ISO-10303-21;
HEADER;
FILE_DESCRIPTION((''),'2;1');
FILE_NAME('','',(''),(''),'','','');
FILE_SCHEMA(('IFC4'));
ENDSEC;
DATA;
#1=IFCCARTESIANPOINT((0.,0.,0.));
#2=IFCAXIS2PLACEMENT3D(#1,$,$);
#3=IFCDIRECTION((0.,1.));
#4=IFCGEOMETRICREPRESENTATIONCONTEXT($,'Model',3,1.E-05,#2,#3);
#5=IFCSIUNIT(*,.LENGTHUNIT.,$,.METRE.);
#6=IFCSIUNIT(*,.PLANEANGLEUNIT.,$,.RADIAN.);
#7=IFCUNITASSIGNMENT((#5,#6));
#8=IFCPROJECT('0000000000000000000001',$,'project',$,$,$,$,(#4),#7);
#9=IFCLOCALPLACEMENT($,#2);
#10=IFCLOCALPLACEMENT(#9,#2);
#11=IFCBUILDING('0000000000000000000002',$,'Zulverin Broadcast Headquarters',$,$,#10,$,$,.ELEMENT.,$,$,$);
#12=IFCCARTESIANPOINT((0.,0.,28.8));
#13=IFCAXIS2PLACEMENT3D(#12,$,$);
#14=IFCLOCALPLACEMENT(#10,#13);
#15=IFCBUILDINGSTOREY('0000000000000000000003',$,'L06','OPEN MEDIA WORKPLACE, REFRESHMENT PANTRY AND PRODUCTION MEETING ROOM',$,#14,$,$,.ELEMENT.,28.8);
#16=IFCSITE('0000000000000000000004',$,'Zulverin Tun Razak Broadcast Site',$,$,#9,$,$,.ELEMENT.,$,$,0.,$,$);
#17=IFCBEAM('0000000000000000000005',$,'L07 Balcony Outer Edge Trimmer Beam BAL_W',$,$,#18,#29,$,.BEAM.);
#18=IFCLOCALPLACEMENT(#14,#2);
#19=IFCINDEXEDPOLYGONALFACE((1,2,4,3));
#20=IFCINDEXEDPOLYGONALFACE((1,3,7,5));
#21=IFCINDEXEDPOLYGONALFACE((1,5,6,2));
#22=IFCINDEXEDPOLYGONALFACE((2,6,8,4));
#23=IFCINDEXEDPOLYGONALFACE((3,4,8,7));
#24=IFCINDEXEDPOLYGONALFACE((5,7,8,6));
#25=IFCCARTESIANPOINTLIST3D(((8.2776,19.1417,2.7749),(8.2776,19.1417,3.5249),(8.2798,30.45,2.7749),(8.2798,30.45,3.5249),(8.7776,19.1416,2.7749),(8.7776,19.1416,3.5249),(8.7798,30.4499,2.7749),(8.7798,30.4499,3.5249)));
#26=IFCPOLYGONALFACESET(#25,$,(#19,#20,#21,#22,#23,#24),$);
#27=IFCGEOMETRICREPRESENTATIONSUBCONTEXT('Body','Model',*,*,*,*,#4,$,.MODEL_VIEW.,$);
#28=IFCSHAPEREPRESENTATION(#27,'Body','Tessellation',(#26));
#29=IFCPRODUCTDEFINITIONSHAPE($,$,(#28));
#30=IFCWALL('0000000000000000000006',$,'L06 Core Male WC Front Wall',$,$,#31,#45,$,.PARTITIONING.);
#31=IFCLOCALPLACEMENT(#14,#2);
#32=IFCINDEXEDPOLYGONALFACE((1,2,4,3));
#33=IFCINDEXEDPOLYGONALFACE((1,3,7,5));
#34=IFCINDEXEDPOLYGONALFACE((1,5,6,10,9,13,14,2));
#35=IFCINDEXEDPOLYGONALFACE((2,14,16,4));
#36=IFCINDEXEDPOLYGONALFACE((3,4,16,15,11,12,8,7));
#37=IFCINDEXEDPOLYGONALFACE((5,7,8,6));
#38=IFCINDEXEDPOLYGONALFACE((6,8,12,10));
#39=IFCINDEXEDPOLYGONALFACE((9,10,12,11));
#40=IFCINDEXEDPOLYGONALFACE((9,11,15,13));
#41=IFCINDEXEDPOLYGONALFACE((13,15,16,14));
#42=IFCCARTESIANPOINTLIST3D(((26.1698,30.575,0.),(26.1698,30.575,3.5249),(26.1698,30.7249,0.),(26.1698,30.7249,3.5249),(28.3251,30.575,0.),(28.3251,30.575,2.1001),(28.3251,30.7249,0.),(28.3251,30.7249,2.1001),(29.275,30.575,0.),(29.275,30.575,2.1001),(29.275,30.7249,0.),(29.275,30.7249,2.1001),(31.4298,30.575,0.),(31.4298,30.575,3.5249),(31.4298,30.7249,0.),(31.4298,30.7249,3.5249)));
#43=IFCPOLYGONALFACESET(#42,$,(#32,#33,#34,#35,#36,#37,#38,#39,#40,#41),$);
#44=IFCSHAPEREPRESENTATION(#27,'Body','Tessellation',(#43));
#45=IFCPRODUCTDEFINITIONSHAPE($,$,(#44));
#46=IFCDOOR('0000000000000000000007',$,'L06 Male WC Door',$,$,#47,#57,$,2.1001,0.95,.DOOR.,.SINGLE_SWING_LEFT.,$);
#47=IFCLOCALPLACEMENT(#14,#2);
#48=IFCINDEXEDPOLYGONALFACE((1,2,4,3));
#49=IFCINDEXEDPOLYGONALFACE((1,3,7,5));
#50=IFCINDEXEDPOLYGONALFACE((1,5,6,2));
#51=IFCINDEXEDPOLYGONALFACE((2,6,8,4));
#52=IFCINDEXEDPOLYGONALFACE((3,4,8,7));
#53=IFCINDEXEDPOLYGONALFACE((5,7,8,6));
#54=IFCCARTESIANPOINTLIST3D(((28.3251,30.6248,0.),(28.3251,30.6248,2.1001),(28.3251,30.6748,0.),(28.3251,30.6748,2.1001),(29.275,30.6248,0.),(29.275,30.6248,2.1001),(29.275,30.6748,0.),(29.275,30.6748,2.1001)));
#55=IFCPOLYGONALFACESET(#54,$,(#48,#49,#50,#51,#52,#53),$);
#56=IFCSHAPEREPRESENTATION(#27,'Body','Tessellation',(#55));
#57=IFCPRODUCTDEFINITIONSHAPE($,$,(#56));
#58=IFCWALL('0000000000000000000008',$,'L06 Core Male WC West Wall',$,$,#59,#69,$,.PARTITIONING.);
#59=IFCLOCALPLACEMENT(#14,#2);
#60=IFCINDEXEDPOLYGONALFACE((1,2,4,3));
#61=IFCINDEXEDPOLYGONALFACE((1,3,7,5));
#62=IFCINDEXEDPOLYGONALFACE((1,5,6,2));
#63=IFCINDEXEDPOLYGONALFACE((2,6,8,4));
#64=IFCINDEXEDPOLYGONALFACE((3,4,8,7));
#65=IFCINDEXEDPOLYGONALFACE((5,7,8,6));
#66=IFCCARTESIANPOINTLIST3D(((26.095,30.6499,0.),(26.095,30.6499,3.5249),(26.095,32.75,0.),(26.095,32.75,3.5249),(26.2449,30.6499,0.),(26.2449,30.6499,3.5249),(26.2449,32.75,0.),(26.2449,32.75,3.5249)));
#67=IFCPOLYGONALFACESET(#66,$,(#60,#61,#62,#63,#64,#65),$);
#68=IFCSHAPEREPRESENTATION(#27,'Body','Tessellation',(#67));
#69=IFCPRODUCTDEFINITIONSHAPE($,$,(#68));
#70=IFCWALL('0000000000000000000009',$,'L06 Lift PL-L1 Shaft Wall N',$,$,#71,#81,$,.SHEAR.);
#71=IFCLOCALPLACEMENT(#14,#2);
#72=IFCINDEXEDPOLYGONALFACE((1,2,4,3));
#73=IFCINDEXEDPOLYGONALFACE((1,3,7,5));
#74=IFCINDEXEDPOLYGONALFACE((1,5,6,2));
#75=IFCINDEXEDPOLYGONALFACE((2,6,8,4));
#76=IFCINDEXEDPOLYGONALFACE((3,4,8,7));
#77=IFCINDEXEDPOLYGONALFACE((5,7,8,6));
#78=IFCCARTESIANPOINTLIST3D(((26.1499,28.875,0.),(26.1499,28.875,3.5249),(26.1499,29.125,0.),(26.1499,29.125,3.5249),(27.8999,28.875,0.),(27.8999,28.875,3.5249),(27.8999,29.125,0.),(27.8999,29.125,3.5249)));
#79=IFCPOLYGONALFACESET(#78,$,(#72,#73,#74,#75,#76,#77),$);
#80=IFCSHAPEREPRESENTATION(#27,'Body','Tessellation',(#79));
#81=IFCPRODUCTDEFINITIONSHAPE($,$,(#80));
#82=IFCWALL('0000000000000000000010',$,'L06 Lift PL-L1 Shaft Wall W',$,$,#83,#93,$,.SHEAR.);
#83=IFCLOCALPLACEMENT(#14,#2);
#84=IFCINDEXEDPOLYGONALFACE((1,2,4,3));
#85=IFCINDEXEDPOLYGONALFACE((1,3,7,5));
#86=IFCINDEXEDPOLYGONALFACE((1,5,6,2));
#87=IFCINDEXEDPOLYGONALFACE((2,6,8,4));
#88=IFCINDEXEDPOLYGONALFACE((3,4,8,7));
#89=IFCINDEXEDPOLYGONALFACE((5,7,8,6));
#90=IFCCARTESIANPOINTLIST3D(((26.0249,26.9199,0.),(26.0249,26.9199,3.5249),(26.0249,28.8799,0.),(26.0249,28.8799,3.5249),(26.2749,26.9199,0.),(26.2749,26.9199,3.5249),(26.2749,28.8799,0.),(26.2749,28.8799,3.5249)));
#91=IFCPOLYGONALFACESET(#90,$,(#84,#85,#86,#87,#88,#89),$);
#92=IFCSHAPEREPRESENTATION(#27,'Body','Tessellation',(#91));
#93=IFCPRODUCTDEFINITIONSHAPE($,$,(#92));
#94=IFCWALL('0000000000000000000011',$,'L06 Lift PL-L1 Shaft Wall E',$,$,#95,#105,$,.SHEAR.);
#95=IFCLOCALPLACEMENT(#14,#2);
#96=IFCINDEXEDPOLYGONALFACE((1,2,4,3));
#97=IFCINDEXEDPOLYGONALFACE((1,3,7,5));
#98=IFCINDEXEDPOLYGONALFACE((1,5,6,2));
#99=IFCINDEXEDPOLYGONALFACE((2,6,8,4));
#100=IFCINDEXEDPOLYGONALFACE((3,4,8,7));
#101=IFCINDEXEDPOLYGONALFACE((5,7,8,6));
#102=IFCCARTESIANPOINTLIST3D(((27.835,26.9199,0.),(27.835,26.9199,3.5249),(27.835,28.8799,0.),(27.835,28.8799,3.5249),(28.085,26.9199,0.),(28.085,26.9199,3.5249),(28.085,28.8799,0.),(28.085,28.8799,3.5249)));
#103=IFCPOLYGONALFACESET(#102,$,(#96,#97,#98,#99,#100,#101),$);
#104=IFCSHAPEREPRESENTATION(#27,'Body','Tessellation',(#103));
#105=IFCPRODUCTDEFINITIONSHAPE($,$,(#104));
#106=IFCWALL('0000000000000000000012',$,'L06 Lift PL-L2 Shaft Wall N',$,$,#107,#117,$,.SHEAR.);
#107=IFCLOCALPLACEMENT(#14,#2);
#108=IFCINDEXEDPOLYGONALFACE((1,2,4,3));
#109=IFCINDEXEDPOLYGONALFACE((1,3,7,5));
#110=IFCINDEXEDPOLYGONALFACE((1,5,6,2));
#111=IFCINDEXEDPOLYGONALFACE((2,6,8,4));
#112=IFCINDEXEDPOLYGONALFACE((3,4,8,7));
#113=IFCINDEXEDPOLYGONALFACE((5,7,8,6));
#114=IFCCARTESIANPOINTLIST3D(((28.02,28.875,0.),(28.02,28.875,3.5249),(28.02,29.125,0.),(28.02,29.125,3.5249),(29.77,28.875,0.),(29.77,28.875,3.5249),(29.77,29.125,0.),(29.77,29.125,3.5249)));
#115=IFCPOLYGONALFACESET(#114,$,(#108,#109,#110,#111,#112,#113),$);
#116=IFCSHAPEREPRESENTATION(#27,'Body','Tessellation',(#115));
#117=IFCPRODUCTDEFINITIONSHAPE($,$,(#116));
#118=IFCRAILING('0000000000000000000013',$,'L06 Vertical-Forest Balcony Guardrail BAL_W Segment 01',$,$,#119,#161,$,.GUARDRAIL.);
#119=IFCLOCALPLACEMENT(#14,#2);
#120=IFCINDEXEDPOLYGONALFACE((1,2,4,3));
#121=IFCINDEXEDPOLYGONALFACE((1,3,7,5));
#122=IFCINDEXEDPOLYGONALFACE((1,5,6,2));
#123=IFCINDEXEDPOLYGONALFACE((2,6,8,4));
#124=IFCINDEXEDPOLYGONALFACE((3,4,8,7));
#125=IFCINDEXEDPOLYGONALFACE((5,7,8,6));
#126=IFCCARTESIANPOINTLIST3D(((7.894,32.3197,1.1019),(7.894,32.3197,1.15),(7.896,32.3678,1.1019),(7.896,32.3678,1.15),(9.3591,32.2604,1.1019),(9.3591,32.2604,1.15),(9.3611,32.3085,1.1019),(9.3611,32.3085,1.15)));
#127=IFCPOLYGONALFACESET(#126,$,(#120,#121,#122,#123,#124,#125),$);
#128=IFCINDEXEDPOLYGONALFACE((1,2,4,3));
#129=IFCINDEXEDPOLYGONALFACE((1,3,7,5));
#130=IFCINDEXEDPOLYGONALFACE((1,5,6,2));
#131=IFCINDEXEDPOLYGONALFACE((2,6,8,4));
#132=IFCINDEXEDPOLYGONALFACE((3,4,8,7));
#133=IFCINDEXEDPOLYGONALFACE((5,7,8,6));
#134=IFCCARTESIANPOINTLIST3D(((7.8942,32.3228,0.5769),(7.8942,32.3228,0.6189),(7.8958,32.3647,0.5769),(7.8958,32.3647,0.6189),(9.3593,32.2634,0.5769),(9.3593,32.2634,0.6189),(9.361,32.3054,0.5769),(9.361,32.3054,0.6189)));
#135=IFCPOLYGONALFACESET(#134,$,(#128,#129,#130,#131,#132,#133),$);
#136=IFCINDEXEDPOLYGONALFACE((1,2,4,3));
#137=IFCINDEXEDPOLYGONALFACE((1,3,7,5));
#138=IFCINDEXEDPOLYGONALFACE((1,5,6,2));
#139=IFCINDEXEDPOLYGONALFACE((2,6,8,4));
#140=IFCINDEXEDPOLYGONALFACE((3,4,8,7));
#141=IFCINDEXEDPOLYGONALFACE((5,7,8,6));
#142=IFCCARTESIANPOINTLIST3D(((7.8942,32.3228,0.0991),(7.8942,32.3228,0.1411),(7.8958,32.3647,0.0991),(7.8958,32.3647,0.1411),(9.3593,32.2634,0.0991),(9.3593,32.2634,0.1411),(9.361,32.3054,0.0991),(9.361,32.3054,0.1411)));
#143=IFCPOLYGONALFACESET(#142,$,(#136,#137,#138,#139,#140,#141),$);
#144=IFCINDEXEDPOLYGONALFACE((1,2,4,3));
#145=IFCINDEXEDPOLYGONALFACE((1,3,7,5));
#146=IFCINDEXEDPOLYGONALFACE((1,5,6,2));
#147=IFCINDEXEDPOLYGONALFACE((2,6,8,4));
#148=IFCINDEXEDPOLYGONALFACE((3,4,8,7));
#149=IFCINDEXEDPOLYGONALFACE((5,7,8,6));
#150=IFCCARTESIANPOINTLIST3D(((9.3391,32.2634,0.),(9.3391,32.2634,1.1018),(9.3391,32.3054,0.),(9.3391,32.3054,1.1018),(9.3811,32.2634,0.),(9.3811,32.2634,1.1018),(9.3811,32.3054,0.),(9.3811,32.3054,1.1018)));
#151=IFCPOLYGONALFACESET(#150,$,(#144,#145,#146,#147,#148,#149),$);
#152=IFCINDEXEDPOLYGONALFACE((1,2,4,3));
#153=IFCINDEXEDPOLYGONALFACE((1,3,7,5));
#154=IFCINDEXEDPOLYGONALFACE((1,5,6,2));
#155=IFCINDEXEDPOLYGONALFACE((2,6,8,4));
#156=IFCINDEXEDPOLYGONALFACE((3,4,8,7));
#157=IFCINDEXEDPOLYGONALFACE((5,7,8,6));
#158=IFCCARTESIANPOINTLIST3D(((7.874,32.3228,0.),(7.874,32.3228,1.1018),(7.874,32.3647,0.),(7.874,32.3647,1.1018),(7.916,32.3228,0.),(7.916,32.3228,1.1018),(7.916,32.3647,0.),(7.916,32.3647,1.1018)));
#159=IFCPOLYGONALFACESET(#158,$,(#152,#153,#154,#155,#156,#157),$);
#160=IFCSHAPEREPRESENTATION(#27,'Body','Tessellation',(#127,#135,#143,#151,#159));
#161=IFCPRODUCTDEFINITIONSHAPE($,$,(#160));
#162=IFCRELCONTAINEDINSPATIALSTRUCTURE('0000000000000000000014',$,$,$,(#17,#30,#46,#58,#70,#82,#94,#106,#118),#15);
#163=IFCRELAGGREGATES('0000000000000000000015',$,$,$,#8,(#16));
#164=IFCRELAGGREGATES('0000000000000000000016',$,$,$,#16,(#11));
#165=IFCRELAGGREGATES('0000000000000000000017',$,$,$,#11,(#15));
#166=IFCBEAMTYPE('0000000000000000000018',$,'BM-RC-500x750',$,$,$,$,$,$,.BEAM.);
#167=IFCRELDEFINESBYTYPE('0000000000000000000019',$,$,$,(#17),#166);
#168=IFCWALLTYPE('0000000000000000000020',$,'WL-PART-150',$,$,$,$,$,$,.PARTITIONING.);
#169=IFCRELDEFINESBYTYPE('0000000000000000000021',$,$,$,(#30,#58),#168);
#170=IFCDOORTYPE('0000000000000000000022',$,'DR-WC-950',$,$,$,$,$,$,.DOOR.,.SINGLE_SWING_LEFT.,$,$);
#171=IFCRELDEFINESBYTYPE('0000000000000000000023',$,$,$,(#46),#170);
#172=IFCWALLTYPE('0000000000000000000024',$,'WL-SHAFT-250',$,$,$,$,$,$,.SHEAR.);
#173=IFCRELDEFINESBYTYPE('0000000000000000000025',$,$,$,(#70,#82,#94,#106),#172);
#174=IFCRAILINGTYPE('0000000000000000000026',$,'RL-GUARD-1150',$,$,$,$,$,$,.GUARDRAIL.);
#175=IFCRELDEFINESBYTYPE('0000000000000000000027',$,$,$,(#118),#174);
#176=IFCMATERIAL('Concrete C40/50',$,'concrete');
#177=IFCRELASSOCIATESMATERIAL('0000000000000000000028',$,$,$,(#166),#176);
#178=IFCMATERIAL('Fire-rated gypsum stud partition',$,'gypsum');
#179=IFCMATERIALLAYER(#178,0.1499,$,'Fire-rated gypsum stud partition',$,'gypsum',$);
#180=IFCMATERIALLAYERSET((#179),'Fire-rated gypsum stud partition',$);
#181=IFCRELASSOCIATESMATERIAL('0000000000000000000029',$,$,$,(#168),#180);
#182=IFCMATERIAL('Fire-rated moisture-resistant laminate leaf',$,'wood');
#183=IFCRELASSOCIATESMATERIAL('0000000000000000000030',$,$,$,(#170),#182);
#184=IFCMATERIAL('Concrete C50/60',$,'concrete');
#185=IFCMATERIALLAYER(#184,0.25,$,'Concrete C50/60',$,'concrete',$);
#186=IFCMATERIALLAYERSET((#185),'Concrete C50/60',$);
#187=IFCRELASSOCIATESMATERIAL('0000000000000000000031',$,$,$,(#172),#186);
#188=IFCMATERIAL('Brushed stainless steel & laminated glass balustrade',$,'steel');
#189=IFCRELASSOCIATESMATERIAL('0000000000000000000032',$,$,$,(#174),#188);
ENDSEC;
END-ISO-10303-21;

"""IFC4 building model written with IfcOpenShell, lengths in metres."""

from ifc_helpers import new_model, si_unit, direction, frame, frame_2d, origin, origin_2d, place, context, subcontext, project, spatial, rectangle, extrude, material, layer, layer_set, material_profile, profile_set, type_object, element, fill, save


model = new_model("IFC4")

# Units and contexts
model_context = context("Model", 3, precision=1e-05, world=origin(), true_north=direction((0.0, 1.0)))
body_context = subcontext(model_context, "Body", "Model", "MODEL_VIEW")
ifc_project = project(units=[si_unit("LENGTHUNIT", "METRE"), si_unit("PLANEANGLEUNIT", "RADIAN")], contexts=[model_context])

# Site, building, storey
site_placement = place(None, origin())
site = spatial("IfcSite", under=ifc_project, at=site_placement, Name="Zulverin Tun Razak Broadcast Site", CompositionType="ELEMENT", RefElevation=0.0)
building_placement = place(site_placement, origin())
building = spatial("IfcBuilding", under=site, at=building_placement, Name="Zulverin Broadcast Headquarters", CompositionType="ELEMENT")
storey_placement = place(building_placement, frame((0.0, 0.0, 28.8)))
storey = spatial("IfcBuildingStorey", under=building, at=storey_placement, Name="L06", Description="OPEN MEDIA WORKPLACE, REFRESHMENT PANTRY AND PRODUCTION MEETING ROOM", CompositionType="ELEMENT", Elevation=28.8)

# Beam
ifc_material_1 = material(Name="Concrete C40/50", Category="concrete")
ifc_material_profile = material_profile(ifc_material_1, rectangle(XDim=0.5, YDim=0.75, at=origin_2d()), Name="Concrete C40/50", Category="concrete")
ifc_profile_set = profile_set([ifc_material_profile], Name="Concrete C40/50")
beam_type = type_object("IfcBeamType", Name="BM-RC-500x750", PredefinedType="BEAM", material=ifc_profile_set)
beam_placement = place(storey_placement, frame((8.5298, 30.45, 3.1499), z_axis=(-0.000194, -1.0, 0.0), x_axis=(1.0, -0.000194, 0.0)))
element("IfcBeam", 1, at=beam_placement, inside=storey, type_object=beam_type, Name="L07 Balcony Outer Edge Trimmer Beam BAL_W", PredefinedType="BEAM", context=body_context, shape_type="SweptSolid", body=[
    extrude(rectangle(XDim=0.5, YDim=0.75, at=origin_2d()), origin(), (0.0, 0.0, 1.0), 11.3083),
])

# Wall, opening, door
ifc_material_2 = material(Name="Fire-rated gypsum stud partition", Category="gypsum")
ifc_layer_1 = layer(ifc_material_2, 0.1499, Name="Fire-rated gypsum stud partition", Category="gypsum")
ifc_layer_set_1 = layer_set([ifc_layer_1], Name="Fire-rated gypsum stud partition")
wall_type_1 = type_object("IfcWallType", Name="WL-PART-150", PredefinedType="PARTITIONING", material=ifc_layer_set_1)
wall_1_placement = place(storey_placement, frame((26.1699, 30.6499, 0.0), z_axis=(0.0, 0.0, 1.0), x_axis=(1.0, 0.0, 0.0)))
wall_1 = element("IfcWall", 2, at=wall_1_placement, inside=storey, type_object=wall_type_1, Name="L06 Core Male WC Front Wall", PredefinedType="PARTITIONING", context=body_context, shape_type="SweptSolid", body=[
    extrude(rectangle(XDim=5.26, YDim=0.1499, at=frame_2d((2.6299, 0.0))), origin(), (0.0, 0.0, 1.0), 3.5249),
])
opening_1_placement = place(wall_1_placement, frame((2.155, 0.0, 0.0)))
opening_1 = element("IfcOpeningElement", 3, at=opening_1_placement, cuts=wall_1, PredefinedType="OPENING", context=body_context, shape_type="SweptSolid", body=[
    extrude(rectangle(XDim=0.95, YDim=2.1001, at=frame_2d((0.4751, 1.05))), frame((0.0, 0.085, 0.0), z_axis=(0.0, -1.0, 0.0), x_axis=(1.0, 0.0, 0.0)), (0.0, 0.0, 1.0), 0.1699),
])
ifc_material_3 = material(Name="Fire-rated moisture-resistant laminate leaf", Category="wood")
door_type_1 = type_object("IfcDoorType", Name="DR-WC-950", OperationType="SINGLE_SWING_LEFT", PredefinedType="DOOR", material=ifc_material_3)
door_1_placement = place(opening_1_placement, origin())
door_1 = element("IfcDoor", 4, at=door_1_placement, inside=storey, type_object=door_type_1, Name="L06 Male WC Door", OperationType="SINGLE_SWING_LEFT", OverallHeight=2.1001, OverallWidth=0.95, PredefinedType="DOOR", context=body_context, shape_type="SweptSolid", body=[
    extrude(rectangle(XDim=0.95, YDim=2.1001, at=frame_2d((0.4751, 1.05))), frame((0.0, 0.0249, 0.0), z_axis=(0.0, -1.0, 0.0), x_axis=(1.0, 0.0, 0.0)), (0.0, 0.0, 1.0), 0.05),
])
fill(opening_1, door_1)

# Wall
wall_2_placement = place(storey_placement, frame((26.1699, 30.6499, 0.0), z_axis=(0.0, 0.0, 1.0), x_axis=(0.0, 1.0, 0.0)))
element("IfcWall", 5, at=wall_2_placement, inside=storey, type_object=wall_type_1, Name="L06 Core Male WC West Wall", PredefinedType="PARTITIONING", context=body_context, shape_type="SweptSolid", body=[
    extrude(rectangle(XDim=2.1001, YDim=0.1499, at=frame_2d((1.05, 0.0))), origin(), (0.0, 0.0, 1.0), 3.5249),
])

# Shared definitions
ifc_material_4 = material(Name="Concrete C50/60", Category="concrete")
ifc_layer_2 = layer(ifc_material_4, 0.25, Name="Concrete C50/60", Category="concrete")
ifc_layer_set_2 = layer_set([ifc_layer_2], Name="Concrete C50/60")
wall_type_2 = type_object("IfcWallType", Name="WL-SHAFT-250", PredefinedType="SHEAR", material=ifc_layer_set_2)

# Walls
wall_3_placement = place(storey_placement, frame((26.1499, 29.0, 0.0), z_axis=(0.0, 0.0, 1.0), x_axis=(1.0, 0.0, 0.0)))
element("IfcWall", 6, at=wall_3_placement, inside=storey, type_object=wall_type_2, Name="L06 Lift PL-L1 Shaft Wall N", PredefinedType="SHEAR", context=body_context, shape_type="SweptSolid", body=[
    extrude(rectangle(XDim=1.75, YDim=0.25, at=frame_2d((0.875, 0.0))), origin(), (0.0, 0.0, 1.0), 3.5249),
])
for number, where, z_axis, x_axis, name in (
    (7, (26.1499, 26.9199, 0.0), (0.0, 0.0, 1.0), (0.0, 1.0, 0.0), "L06 Lift PL-L1 Shaft Wall W"),
    (8, (27.96, 26.9199, 0.0), (0.0, 0.0, 1.0), (0.0, 1.0, 0.0), "L06 Lift PL-L1 Shaft Wall E"),
):
    element("IfcWall", number, at=place(storey_placement, frame(where, z_axis=z_axis, x_axis=x_axis)), inside=storey, type_object=wall_type_2, Name=name, PredefinedType="SHEAR", context=body_context, shape_type="SweptSolid", body=[
        extrude(rectangle(XDim=1.96, YDim=0.25, at=frame_2d((0.98, 0.0))), origin(), (0.0, 0.0, 1.0), 3.5249),
    ])

# Wall
wall_4_placement = place(storey_placement, frame((28.02, 29.0, 0.0), z_axis=(0.0, 0.0, 1.0), x_axis=(1.0, 0.0, 0.0)))
element("IfcWall", 9, at=wall_4_placement, inside=storey, type_object=wall_type_2, Name="L06 Lift PL-L2 Shaft Wall N", PredefinedType="SHEAR", context=body_context, shape_type="SweptSolid", body=[
    extrude(rectangle(XDim=1.75, YDim=0.25, at=frame_2d((0.875, 0.0))), origin(), (0.0, 0.0, 1.0), 3.5249),
])

# Railing
ifc_material_5 = material(Name="Brushed stainless steel & laminated glass balustrade", Category="steel")
railing_type = type_object("IfcRailingType", Name="RL-GUARD-1150", PredefinedType="GUARDRAIL", material=ifc_material_5)
railing_1_placement = place(storey_placement, frame((9.3601, 32.2844, 0.0)))
element("IfcRailing", 10, at=railing_1_placement, inside=storey, type_object=railing_type, Name="L06 Vertical-Forest Balcony Guardrail BAL_W Segment 01", PredefinedType="GUARDRAIL", context=body_context, shape_type="SweptSolid", body=[
    extrude(rectangle(XDim=0.0481, YDim=0.0481, at=origin_2d()), frame((0.0, 0.0, 1.126), z_axis=(-0.999181, 0.04046, 0.0), x_axis=(-0.04046, -0.999181, 0.0)), (0.0, 0.0, 1.0), 1.4663),
    extrude(rectangle(XDim=0.042, YDim=0.042, at=origin_2d()), frame((0.0, 0.0, 0.5979), z_axis=(-0.999181, 0.04046, 0.0), x_axis=(-0.04046, -0.999181, 0.0)), (0.0, 0.0, 1.0), 1.4663),
    extrude(rectangle(XDim=0.042, YDim=0.042, at=origin_2d()), frame((0.0, 0.0, 0.1201), z_axis=(-0.999181, 0.04046, 0.0), x_axis=(-0.04046, -0.999181, 0.0)), (0.0, 0.0, 1.0), 1.4663),
    extrude(rectangle(XDim=0.042, YDim=0.042, at=origin_2d()), origin(), (0.0, 0.0, 1.0), 1.1018),
    extrude(rectangle(XDim=0.042, YDim=0.042, at=origin_2d()), frame((-1.4651, 0.0593, 0.0)), (0.0, 0.0, 1.0), 1.1018),
])

save(model, "model.ifc")
